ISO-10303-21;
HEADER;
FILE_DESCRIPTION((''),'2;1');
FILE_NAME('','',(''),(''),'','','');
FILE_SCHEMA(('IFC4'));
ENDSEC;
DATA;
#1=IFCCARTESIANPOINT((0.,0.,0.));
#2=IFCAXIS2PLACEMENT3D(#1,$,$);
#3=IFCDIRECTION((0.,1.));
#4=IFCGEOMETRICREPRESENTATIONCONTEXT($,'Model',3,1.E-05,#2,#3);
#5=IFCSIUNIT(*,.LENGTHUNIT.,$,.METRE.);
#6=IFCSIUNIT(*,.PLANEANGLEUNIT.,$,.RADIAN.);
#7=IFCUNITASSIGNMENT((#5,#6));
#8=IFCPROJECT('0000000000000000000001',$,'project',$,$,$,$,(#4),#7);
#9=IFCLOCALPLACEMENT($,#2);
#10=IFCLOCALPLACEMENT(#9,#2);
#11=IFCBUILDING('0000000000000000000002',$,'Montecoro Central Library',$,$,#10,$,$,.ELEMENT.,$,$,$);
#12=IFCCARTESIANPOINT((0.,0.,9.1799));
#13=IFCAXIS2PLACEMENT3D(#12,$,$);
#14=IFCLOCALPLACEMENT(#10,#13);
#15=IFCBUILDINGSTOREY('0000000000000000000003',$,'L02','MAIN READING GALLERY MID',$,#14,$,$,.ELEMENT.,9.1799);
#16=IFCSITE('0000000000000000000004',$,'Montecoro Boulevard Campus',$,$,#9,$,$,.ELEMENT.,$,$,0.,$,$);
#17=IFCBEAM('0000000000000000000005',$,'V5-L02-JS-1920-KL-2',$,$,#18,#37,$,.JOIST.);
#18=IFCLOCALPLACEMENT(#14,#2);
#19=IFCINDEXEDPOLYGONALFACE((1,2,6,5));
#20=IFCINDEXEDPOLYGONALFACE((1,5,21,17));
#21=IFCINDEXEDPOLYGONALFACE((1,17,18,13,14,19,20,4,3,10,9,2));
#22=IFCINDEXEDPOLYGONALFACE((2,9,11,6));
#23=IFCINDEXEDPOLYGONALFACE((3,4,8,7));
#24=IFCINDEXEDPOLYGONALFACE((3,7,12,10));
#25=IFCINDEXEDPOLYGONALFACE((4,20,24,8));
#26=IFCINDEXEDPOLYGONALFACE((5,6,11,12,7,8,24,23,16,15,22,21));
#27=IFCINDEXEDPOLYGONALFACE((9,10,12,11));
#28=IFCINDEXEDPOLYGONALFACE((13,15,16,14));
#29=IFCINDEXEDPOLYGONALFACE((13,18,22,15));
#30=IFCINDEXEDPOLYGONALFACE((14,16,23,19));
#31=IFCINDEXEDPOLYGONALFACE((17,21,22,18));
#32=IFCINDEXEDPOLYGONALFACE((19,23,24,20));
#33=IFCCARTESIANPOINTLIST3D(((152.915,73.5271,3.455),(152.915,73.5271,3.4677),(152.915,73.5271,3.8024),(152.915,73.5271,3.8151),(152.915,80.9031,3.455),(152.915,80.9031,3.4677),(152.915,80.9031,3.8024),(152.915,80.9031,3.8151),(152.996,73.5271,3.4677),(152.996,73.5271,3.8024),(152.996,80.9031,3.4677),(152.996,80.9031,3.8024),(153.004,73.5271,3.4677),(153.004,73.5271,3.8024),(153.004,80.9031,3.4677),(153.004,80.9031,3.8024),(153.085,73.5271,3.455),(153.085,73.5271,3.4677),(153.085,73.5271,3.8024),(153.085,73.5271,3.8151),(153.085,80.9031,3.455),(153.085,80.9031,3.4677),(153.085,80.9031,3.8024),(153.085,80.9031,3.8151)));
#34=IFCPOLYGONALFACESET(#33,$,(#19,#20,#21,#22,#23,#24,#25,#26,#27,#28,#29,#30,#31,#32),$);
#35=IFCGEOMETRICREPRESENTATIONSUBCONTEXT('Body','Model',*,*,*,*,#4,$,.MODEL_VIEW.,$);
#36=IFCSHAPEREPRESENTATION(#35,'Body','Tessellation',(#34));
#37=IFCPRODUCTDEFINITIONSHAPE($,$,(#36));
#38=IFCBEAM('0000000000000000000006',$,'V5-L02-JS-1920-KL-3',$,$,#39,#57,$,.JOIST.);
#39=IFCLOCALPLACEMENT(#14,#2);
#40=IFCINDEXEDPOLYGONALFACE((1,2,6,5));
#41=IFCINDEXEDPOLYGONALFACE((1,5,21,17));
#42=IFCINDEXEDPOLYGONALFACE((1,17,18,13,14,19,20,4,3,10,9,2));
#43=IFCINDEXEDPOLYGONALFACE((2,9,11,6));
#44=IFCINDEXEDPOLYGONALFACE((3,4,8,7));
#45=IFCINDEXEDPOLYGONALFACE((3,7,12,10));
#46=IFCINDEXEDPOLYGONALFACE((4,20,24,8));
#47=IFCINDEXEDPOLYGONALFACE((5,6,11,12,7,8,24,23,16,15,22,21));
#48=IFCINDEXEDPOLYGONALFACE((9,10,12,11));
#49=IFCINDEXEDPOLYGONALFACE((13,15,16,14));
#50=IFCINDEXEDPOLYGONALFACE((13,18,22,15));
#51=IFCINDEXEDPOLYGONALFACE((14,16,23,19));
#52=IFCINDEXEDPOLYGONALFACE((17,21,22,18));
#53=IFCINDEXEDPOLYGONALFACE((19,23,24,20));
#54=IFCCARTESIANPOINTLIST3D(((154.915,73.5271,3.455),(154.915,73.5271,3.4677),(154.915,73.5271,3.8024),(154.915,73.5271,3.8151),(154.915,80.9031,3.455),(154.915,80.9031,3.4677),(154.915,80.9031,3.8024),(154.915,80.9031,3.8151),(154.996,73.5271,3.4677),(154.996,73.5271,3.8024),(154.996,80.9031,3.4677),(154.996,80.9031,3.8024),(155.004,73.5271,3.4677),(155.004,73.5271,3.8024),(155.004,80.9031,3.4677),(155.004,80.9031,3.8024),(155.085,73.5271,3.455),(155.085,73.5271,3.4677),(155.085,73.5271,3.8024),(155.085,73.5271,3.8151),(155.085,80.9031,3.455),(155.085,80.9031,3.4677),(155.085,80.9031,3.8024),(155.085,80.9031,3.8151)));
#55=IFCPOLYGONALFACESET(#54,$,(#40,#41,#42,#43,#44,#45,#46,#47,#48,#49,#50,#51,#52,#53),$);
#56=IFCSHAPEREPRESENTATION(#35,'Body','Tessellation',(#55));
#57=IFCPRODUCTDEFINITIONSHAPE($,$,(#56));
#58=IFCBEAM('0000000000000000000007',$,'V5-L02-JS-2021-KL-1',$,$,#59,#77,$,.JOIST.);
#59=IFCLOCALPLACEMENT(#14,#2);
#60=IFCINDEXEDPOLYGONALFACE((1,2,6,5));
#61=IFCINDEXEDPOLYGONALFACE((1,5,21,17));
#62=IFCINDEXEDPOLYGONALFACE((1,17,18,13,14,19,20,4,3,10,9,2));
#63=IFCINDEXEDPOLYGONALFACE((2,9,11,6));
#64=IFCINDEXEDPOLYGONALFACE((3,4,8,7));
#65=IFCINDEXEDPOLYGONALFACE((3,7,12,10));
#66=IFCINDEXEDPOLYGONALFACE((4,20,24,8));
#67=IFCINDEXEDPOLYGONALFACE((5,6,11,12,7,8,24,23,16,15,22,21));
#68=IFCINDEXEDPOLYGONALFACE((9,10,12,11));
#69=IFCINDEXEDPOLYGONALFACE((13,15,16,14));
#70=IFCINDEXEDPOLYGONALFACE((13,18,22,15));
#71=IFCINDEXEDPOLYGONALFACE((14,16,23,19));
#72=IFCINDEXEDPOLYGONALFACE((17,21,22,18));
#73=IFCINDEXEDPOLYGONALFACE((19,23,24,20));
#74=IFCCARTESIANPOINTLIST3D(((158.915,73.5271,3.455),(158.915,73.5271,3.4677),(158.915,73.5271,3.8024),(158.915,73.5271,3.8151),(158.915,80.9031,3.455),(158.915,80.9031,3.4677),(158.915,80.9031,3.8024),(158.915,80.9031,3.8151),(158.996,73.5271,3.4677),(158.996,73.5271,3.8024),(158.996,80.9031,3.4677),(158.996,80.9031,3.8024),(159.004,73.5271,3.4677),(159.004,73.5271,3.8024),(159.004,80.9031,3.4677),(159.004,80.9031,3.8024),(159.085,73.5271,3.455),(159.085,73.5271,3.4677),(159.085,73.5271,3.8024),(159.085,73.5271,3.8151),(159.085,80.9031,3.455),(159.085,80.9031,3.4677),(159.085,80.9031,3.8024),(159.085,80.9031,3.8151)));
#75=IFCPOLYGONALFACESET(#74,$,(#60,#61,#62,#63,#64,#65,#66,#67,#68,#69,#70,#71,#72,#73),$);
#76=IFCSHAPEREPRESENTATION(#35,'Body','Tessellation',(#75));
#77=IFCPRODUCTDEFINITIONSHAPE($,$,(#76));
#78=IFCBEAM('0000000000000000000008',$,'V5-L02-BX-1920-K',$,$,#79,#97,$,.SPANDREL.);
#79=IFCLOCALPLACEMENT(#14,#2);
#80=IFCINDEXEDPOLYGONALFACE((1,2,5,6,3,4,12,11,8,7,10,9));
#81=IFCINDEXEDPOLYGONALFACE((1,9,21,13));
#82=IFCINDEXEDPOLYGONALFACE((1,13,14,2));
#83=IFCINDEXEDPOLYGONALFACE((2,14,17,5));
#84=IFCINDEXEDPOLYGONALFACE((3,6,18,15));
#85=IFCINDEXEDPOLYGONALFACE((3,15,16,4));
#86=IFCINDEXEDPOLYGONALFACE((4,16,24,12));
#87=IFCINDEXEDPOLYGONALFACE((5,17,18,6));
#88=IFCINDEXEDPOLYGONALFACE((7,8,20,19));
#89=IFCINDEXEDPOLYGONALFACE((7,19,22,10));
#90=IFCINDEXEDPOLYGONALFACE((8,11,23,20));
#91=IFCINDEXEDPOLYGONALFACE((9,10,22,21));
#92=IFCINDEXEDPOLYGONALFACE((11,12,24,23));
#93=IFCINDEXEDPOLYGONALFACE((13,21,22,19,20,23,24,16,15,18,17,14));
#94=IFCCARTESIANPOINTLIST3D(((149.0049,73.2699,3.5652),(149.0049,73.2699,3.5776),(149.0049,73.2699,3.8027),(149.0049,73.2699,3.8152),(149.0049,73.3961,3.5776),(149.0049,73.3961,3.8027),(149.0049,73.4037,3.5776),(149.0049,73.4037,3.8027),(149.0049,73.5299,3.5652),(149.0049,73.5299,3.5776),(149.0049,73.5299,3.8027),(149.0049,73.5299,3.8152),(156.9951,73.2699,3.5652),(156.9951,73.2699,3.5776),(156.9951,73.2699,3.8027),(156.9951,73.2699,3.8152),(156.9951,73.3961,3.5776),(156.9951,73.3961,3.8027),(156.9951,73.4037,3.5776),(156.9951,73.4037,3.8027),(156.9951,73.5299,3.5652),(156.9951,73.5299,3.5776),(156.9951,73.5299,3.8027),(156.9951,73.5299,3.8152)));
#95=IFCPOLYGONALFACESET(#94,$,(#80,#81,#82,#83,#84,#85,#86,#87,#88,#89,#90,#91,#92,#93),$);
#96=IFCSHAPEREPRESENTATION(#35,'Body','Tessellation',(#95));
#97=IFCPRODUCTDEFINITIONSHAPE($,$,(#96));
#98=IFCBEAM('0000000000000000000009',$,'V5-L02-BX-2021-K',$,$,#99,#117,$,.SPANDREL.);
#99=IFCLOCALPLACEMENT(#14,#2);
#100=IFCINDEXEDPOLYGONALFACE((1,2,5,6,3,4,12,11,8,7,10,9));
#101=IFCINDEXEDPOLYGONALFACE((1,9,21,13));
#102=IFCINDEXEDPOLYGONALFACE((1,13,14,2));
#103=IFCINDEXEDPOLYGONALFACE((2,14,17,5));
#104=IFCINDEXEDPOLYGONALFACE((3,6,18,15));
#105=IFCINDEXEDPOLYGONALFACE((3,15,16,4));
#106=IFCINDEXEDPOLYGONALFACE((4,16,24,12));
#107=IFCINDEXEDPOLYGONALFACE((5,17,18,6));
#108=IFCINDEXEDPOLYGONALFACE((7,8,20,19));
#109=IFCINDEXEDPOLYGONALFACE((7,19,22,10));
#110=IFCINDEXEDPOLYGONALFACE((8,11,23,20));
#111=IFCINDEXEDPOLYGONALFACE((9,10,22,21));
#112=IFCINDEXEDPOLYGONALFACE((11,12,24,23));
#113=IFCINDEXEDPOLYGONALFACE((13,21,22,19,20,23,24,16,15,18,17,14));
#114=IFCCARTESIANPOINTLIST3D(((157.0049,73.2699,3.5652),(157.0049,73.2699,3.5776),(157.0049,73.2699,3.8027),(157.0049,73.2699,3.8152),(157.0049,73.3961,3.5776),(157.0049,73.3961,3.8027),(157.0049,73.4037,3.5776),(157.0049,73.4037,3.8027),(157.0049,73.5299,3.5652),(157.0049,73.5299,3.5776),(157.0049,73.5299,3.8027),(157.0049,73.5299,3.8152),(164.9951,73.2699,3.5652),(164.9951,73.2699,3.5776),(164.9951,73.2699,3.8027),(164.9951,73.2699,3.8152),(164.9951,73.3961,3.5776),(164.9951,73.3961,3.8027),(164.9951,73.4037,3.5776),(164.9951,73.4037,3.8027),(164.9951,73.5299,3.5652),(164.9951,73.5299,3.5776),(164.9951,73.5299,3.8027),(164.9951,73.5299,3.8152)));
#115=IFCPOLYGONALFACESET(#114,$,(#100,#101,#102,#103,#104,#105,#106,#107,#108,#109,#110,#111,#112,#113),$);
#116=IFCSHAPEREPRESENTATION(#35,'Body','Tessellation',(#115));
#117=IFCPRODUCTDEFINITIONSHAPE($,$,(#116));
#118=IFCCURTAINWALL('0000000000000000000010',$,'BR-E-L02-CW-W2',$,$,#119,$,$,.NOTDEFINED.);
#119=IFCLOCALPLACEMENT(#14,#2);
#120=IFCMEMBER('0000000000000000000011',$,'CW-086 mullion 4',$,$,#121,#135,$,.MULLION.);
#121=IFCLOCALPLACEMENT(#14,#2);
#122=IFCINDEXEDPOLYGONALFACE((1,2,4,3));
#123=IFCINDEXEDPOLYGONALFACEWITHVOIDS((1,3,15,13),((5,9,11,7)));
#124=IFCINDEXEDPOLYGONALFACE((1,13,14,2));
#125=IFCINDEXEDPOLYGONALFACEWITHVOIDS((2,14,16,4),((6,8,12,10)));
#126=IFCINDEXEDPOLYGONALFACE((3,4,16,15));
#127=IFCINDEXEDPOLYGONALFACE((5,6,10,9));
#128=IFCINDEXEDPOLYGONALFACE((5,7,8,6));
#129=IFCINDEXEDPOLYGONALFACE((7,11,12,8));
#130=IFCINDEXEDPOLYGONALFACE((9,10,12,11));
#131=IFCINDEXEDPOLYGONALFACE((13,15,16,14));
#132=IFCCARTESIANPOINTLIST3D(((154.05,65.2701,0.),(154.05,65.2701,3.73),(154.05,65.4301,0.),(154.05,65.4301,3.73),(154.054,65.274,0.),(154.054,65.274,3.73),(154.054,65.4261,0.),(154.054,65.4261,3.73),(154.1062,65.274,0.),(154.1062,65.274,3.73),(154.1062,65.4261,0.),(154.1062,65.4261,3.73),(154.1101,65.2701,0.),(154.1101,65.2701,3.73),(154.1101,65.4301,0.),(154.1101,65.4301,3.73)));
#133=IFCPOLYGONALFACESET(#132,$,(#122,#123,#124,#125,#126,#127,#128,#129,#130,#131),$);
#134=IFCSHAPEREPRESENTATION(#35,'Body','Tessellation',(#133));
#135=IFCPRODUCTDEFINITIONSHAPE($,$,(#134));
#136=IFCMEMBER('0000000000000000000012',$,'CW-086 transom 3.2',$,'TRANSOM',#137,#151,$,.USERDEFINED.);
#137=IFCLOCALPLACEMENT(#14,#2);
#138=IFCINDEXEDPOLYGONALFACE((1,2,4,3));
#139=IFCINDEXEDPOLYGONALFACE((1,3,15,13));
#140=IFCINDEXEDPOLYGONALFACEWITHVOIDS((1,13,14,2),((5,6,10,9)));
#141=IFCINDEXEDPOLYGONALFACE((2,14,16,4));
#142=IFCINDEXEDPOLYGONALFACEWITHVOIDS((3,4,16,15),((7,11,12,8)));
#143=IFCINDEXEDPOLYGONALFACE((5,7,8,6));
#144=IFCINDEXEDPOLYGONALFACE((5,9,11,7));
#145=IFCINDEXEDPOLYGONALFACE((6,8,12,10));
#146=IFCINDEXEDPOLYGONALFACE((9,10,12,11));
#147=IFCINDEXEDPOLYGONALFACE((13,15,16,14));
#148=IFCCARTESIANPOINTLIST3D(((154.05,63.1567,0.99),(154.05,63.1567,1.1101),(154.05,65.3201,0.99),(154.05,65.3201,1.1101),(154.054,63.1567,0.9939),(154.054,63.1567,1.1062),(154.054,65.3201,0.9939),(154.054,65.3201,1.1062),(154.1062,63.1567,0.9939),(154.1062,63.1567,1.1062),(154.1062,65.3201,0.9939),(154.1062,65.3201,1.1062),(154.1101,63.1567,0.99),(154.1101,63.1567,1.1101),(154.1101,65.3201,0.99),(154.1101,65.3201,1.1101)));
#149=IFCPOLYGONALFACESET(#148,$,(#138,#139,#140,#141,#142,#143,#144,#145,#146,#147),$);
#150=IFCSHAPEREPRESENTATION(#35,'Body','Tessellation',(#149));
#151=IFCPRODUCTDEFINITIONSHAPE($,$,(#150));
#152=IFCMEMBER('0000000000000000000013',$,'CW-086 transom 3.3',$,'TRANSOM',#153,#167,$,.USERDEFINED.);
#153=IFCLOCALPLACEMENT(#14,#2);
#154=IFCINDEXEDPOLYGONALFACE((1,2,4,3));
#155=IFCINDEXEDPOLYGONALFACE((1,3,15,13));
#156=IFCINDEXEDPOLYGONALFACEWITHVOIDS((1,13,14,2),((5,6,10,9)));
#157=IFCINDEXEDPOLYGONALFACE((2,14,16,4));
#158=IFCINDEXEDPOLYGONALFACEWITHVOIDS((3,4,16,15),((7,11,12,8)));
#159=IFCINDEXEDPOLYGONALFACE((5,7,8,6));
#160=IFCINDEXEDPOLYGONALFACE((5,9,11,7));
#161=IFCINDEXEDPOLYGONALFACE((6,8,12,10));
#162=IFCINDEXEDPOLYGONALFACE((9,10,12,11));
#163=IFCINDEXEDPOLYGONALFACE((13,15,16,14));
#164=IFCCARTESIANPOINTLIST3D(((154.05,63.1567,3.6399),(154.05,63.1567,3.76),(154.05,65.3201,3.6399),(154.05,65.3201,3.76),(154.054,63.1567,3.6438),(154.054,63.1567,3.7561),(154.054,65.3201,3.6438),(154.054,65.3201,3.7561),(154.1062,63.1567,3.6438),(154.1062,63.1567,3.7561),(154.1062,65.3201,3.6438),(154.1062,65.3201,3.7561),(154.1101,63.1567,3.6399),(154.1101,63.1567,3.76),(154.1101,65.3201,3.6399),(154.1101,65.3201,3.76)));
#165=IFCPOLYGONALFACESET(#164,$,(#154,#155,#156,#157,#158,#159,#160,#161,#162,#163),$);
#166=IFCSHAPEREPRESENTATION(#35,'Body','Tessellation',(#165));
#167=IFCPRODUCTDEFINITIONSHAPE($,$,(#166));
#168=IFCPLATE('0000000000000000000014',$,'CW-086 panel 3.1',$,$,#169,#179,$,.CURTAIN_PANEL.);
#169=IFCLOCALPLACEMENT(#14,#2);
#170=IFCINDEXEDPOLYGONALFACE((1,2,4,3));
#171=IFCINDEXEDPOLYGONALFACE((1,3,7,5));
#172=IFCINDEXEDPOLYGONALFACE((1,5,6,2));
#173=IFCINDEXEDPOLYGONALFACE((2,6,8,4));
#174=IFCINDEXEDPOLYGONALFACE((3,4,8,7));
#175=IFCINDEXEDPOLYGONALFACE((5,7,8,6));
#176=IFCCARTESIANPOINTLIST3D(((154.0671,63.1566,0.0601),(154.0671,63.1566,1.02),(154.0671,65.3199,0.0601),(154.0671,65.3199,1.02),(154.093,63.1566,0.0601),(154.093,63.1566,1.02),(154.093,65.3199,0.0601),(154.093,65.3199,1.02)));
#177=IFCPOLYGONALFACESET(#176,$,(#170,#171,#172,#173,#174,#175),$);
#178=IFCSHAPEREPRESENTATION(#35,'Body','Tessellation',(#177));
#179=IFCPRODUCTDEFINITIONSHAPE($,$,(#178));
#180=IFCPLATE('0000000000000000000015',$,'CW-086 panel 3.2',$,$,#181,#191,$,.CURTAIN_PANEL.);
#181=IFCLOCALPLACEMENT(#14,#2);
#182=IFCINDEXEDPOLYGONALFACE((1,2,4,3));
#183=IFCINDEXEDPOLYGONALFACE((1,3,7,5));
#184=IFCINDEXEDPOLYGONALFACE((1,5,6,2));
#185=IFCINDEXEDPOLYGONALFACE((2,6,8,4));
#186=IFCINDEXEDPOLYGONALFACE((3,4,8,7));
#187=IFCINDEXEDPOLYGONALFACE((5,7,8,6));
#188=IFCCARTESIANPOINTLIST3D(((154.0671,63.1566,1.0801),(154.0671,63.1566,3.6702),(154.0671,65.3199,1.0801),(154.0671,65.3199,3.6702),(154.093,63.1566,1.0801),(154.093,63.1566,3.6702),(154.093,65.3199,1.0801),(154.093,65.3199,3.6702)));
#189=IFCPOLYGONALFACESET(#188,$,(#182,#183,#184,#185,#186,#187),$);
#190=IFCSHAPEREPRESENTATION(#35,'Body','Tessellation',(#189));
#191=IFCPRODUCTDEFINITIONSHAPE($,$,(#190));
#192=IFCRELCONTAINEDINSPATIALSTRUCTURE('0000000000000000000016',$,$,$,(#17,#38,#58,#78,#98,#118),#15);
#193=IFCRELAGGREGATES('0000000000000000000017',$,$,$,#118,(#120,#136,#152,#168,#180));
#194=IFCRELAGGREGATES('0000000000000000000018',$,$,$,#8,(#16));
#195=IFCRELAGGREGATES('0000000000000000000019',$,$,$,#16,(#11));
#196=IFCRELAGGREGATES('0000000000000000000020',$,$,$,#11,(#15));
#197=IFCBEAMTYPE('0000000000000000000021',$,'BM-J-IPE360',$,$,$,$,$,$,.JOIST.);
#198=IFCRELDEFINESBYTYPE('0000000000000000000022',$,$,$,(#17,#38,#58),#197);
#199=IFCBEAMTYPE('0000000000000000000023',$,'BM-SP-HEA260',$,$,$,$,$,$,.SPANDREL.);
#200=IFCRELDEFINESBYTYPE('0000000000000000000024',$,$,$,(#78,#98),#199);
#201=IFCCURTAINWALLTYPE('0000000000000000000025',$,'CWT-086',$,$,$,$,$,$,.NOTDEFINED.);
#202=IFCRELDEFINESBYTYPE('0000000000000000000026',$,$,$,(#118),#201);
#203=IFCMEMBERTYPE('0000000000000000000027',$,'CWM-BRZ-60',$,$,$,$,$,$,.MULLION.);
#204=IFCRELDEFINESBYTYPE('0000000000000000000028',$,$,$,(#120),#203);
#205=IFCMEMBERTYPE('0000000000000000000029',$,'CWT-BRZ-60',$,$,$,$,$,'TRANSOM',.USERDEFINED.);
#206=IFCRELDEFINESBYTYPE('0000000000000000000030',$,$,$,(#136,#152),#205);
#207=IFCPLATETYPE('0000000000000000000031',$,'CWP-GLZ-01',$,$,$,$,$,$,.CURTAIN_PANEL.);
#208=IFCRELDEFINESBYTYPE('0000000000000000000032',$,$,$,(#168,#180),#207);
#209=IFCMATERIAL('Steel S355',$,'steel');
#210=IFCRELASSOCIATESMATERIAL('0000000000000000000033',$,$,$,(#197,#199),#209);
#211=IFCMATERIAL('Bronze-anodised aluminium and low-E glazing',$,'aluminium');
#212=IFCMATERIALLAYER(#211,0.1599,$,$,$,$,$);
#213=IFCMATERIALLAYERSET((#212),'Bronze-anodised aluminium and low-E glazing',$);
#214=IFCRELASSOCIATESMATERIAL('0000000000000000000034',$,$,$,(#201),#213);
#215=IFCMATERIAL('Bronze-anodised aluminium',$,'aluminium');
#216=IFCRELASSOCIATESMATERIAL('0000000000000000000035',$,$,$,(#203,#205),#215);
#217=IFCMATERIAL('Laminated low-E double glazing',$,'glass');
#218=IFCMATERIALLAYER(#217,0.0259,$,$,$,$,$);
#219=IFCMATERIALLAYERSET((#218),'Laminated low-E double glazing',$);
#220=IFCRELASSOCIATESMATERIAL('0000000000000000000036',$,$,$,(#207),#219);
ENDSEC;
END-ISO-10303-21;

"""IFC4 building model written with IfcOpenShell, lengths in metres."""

from ifc_helpers import new_model, si_unit, direction, frame, origin, origin_2d, place, context, subcontext, project, spatial, rectangle, hollow_rectangle, i_section, extrude, material, layer, layer_set, material_profile, profile_set, type_object, element, aggregate, save


model = new_model("IFC4")

# Units and contexts
model_context = context("Model", 3, precision=1e-05, world=origin(), true_north=direction((0.0, 1.0)))
body_context = subcontext(model_context, "Body", "Model", "MODEL_VIEW")
ifc_project = project(units=[si_unit("LENGTHUNIT", "METRE"), si_unit("PLANEANGLEUNIT", "RADIAN")], contexts=[model_context])

# Site, building, storey
site_placement = place(None, origin())
site = spatial("IfcSite", under=ifc_project, at=site_placement, Name="Montecoro Boulevard Campus", CompositionType="ELEMENT", RefElevation=0.0)
building_placement = place(site_placement, origin())
building = spatial("IfcBuilding", under=site, at=building_placement, Name="Montecoro Central Library", CompositionType="ELEMENT")
storey_placement = place(building_placement, frame((0.0, 0.0, 9.1799)))
storey = spatial("IfcBuildingStorey", under=building, at=storey_placement, Name="L02", Description="MAIN READING GALLERY MID", CompositionType="ELEMENT", Elevation=9.1799)

# Shared definitions
ifc_material_1 = material(Name="Steel S355", Category="steel")

# Beams
ifc_material_profile_1 = material_profile(ifc_material_1, i_section(OverallWidth=0.1699, OverallDepth=0.3601, WebThickness=0.0081, FlangeThickness=0.0127, at=origin_2d()), Name="IPE 360")
ifc_profile_set_1 = profile_set([ifc_material_profile_1], Name="Steel S355")
beam_type_1 = type_object("IfcBeamType", Name="BM-J-IPE360", PredefinedType="JOIST", material=ifc_profile_set_1)
for number, where, z_axis, x_axis, name in (
    (1, (153.0, 73.5271, 3.635), (0.0, 1.0, 0.0), (-1.0, 0.0, 0.0), "V5-L02-JS-1920-KL-2"),
    (2, (155.0, 73.5271, 3.635), (0.0, 1.0, 0.0), (-1.0, 0.0, 0.0), "V5-L02-JS-1920-KL-3"),
    (3, (159.0, 73.5271, 3.635), (0.0, 1.0, 0.0), (-1.0, 0.0, 0.0), "V5-L02-JS-2021-KL-1"),
):
    element("IfcBeam", number, at=place(storey_placement, frame(where, z_axis=z_axis, x_axis=x_axis)), inside=storey, type_object=beam_type_1, Name=name, PredefinedType="JOIST", context=body_context, shape_type="SweptSolid", body=[
        extrude(i_section(OverallWidth=0.1699, OverallDepth=0.3601, WebThickness=0.0081, FlangeThickness=0.0127, at=origin_2d()), origin(), (0.0, 0.0, 1.0), 7.376),
    ])
ifc_material_profile_2 = material_profile(ifc_material_1, i_section(OverallWidth=0.26, OverallDepth=0.25, WebThickness=0.0076, FlangeThickness=0.0125, at=origin_2d()), Name="HEA 260")
ifc_profile_set_2 = profile_set([ifc_material_profile_2], Name="Steel S355")
beam_type_2 = type_object("IfcBeamType", Name="BM-SP-HEA260", PredefinedType="SPANDREL", material=ifc_profile_set_2)
for number, where, z_axis, x_axis, name in (
    (4, (149.0049, 73.3999, 3.6902), (1.0, 0.0, 0.0), (0.0, 1.0, 0.0), "V5-L02-BX-1920-K"),
    (5, (157.0049, 73.3999, 3.6902), (1.0, 0.0, 0.0), (0.0, 1.0, 0.0), "V5-L02-BX-2021-K"),
):
    element("IfcBeam", number, at=place(storey_placement, frame(where, z_axis=z_axis, x_axis=x_axis)), inside=storey, type_object=beam_type_2, Name=name, PredefinedType="SPANDREL", context=body_context, shape_type="SweptSolid", body=[
        extrude(i_section(OverallWidth=0.26, OverallDepth=0.25, WebThickness=0.0076, FlangeThickness=0.0125, at=origin_2d()), origin(), (0.0, 0.0, 1.0), 7.9902),
    ])

# Curtain wall, members, plates
ifc_material_2 = material(Name="Bronze-anodised aluminium and low-E glazing", Category="aluminium")
ifc_layer_1 = layer(ifc_material_2, 0.1599)
ifc_layer_set_1 = layer_set([ifc_layer_1], Name="Bronze-anodised aluminium and low-E glazing")
curtain_wall_type = type_object("IfcCurtainWallType", Name="CWT-086", PredefinedType="NOTDEFINED", material=ifc_layer_set_1)
curtain_wall_placement = place(storey_placement, origin())
curtain_wall = element("IfcCurtainWall", 6, at=curtain_wall_placement, inside=storey, type_object=curtain_wall_type, Name="BR-E-L02-CW-W2", PredefinedType="NOTDEFINED")
ifc_material_3 = material(Name="Bronze-anodised aluminium", Category="aluminium")
ifc_material_profile_3 = material_profile(ifc_material_3, hollow_rectangle(XDim=0.0601, YDim=0.1599, WallThickness=0.0039, at=origin_2d()), Name="CWM 160x60x4.0")
ifc_profile_set_3 = profile_set([ifc_material_profile_3], Name="Bronze-anodised aluminium")
member_type_1 = type_object("IfcMemberType", Name="CWM-BRZ-60", PredefinedType="MULLION", material=ifc_profile_set_3)
member_1_placement = place(storey_placement, frame((154.0801, 65.3501, 0.0), z_axis=(0.0, 0.0, 1.0), x_axis=(-1.0, 0.0, 0.0)))
member_1 = element("IfcMember", 7, at=member_1_placement, type_object=member_type_1, Name="CW-086 mullion 4", PredefinedType="MULLION", context=body_context, shape_type="SweptSolid", body=[
    extrude(hollow_rectangle(XDim=0.0601, YDim=0.1599, WallThickness=0.0039, at=origin_2d()), origin(), (0.0, 0.0, 1.0), 3.73),
])
ifc_material_profile_4 = material_profile(ifc_material_3, hollow_rectangle(XDim=0.0601, YDim=0.1201, WallThickness=0.0039, at=origin_2d()), Name="CWT 120x60x4.0")
ifc_profile_set_4 = profile_set([ifc_material_profile_4], Name="Bronze-anodised aluminium")
member_type_2 = type_object("IfcMemberType", Name="CWT-BRZ-60", ElementType="TRANSOM", PredefinedType="USERDEFINED", material=ifc_profile_set_4)
member_2_placement = place(storey_placement, frame((154.0801, 63.1567, 1.05), z_axis=(0.0, 1.0, 0.0), x_axis=(-1.0, 0.0, 0.0)))
member_2 = element("IfcMember", 8, at=member_2_placement, type_object=member_type_2, Name="CW-086 transom 3.2", ObjectType="TRANSOM", PredefinedType="USERDEFINED", context=body_context, shape_type="SweptSolid", body=[
    extrude(hollow_rectangle(XDim=0.0601, YDim=0.1201, WallThickness=0.0039, at=origin_2d()), origin(), (0.0, 0.0, 1.0), 2.1633),
])
member_3_placement = place(storey_placement, frame((154.0801, 63.1567, 3.7), z_axis=(0.0, 1.0, 0.0), x_axis=(-1.0, 0.0, 0.0)))
member_3 = element("IfcMember", 9, at=member_3_placement, type_object=member_type_2, Name="CW-086 transom 3.3", ObjectType="TRANSOM", PredefinedType="USERDEFINED", context=body_context, shape_type="SweptSolid", body=[
    extrude(hollow_rectangle(XDim=0.0601, YDim=0.1201, WallThickness=0.0039, at=origin_2d()), origin(), (0.0, 0.0, 1.0), 2.1633),
])
ifc_material_4 = material(Name="Laminated low-E double glazing", Category="glass")
ifc_layer_2 = layer(ifc_material_4, 0.0259)
ifc_layer_set_2 = layer_set([ifc_layer_2], Name="Laminated low-E double glazing")
plate_type_1 = type_object("IfcPlateType", Name="CWP-GLZ-01", PredefinedType="CURTAIN_PANEL", material=ifc_layer_set_2)
plate_1_placement = place(storey_placement, frame((154.0801, 64.2383, 0.0601), z_axis=(0.0, 0.0, 1.0), x_axis=(0.0, 1.0, 0.0)))
plate_1 = element("IfcPlate", 10, at=plate_1_placement, type_object=plate_type_1, Name="CW-086 panel 3.1", PredefinedType="CURTAIN_PANEL", context=body_context, shape_type="SweptSolid", body=[
    extrude(rectangle(XDim=2.1633, YDim=0.0259, at=origin_2d()), origin(), (0.0, 0.0, 1.0), 0.96),
])
plate_2_placement = place(storey_placement, frame((154.0801, 64.2383, 1.0801), z_axis=(0.0, 0.0, 1.0), x_axis=(0.0, 1.0, 0.0)))
plate_2 = element("IfcPlate", 11, at=plate_2_placement, type_object=plate_type_1, Name="CW-086 panel 3.2", PredefinedType="CURTAIN_PANEL", context=body_context, shape_type="SweptSolid", body=[
    extrude(rectangle(XDim=2.1633, YDim=0.0259, at=origin_2d()), origin(), (0.0, 0.0, 1.0), 2.5901),
])
aggregate(curtain_wall, [member_1, member_2, member_3, plate_1, plate_2])

save(model, "model.ifc")
